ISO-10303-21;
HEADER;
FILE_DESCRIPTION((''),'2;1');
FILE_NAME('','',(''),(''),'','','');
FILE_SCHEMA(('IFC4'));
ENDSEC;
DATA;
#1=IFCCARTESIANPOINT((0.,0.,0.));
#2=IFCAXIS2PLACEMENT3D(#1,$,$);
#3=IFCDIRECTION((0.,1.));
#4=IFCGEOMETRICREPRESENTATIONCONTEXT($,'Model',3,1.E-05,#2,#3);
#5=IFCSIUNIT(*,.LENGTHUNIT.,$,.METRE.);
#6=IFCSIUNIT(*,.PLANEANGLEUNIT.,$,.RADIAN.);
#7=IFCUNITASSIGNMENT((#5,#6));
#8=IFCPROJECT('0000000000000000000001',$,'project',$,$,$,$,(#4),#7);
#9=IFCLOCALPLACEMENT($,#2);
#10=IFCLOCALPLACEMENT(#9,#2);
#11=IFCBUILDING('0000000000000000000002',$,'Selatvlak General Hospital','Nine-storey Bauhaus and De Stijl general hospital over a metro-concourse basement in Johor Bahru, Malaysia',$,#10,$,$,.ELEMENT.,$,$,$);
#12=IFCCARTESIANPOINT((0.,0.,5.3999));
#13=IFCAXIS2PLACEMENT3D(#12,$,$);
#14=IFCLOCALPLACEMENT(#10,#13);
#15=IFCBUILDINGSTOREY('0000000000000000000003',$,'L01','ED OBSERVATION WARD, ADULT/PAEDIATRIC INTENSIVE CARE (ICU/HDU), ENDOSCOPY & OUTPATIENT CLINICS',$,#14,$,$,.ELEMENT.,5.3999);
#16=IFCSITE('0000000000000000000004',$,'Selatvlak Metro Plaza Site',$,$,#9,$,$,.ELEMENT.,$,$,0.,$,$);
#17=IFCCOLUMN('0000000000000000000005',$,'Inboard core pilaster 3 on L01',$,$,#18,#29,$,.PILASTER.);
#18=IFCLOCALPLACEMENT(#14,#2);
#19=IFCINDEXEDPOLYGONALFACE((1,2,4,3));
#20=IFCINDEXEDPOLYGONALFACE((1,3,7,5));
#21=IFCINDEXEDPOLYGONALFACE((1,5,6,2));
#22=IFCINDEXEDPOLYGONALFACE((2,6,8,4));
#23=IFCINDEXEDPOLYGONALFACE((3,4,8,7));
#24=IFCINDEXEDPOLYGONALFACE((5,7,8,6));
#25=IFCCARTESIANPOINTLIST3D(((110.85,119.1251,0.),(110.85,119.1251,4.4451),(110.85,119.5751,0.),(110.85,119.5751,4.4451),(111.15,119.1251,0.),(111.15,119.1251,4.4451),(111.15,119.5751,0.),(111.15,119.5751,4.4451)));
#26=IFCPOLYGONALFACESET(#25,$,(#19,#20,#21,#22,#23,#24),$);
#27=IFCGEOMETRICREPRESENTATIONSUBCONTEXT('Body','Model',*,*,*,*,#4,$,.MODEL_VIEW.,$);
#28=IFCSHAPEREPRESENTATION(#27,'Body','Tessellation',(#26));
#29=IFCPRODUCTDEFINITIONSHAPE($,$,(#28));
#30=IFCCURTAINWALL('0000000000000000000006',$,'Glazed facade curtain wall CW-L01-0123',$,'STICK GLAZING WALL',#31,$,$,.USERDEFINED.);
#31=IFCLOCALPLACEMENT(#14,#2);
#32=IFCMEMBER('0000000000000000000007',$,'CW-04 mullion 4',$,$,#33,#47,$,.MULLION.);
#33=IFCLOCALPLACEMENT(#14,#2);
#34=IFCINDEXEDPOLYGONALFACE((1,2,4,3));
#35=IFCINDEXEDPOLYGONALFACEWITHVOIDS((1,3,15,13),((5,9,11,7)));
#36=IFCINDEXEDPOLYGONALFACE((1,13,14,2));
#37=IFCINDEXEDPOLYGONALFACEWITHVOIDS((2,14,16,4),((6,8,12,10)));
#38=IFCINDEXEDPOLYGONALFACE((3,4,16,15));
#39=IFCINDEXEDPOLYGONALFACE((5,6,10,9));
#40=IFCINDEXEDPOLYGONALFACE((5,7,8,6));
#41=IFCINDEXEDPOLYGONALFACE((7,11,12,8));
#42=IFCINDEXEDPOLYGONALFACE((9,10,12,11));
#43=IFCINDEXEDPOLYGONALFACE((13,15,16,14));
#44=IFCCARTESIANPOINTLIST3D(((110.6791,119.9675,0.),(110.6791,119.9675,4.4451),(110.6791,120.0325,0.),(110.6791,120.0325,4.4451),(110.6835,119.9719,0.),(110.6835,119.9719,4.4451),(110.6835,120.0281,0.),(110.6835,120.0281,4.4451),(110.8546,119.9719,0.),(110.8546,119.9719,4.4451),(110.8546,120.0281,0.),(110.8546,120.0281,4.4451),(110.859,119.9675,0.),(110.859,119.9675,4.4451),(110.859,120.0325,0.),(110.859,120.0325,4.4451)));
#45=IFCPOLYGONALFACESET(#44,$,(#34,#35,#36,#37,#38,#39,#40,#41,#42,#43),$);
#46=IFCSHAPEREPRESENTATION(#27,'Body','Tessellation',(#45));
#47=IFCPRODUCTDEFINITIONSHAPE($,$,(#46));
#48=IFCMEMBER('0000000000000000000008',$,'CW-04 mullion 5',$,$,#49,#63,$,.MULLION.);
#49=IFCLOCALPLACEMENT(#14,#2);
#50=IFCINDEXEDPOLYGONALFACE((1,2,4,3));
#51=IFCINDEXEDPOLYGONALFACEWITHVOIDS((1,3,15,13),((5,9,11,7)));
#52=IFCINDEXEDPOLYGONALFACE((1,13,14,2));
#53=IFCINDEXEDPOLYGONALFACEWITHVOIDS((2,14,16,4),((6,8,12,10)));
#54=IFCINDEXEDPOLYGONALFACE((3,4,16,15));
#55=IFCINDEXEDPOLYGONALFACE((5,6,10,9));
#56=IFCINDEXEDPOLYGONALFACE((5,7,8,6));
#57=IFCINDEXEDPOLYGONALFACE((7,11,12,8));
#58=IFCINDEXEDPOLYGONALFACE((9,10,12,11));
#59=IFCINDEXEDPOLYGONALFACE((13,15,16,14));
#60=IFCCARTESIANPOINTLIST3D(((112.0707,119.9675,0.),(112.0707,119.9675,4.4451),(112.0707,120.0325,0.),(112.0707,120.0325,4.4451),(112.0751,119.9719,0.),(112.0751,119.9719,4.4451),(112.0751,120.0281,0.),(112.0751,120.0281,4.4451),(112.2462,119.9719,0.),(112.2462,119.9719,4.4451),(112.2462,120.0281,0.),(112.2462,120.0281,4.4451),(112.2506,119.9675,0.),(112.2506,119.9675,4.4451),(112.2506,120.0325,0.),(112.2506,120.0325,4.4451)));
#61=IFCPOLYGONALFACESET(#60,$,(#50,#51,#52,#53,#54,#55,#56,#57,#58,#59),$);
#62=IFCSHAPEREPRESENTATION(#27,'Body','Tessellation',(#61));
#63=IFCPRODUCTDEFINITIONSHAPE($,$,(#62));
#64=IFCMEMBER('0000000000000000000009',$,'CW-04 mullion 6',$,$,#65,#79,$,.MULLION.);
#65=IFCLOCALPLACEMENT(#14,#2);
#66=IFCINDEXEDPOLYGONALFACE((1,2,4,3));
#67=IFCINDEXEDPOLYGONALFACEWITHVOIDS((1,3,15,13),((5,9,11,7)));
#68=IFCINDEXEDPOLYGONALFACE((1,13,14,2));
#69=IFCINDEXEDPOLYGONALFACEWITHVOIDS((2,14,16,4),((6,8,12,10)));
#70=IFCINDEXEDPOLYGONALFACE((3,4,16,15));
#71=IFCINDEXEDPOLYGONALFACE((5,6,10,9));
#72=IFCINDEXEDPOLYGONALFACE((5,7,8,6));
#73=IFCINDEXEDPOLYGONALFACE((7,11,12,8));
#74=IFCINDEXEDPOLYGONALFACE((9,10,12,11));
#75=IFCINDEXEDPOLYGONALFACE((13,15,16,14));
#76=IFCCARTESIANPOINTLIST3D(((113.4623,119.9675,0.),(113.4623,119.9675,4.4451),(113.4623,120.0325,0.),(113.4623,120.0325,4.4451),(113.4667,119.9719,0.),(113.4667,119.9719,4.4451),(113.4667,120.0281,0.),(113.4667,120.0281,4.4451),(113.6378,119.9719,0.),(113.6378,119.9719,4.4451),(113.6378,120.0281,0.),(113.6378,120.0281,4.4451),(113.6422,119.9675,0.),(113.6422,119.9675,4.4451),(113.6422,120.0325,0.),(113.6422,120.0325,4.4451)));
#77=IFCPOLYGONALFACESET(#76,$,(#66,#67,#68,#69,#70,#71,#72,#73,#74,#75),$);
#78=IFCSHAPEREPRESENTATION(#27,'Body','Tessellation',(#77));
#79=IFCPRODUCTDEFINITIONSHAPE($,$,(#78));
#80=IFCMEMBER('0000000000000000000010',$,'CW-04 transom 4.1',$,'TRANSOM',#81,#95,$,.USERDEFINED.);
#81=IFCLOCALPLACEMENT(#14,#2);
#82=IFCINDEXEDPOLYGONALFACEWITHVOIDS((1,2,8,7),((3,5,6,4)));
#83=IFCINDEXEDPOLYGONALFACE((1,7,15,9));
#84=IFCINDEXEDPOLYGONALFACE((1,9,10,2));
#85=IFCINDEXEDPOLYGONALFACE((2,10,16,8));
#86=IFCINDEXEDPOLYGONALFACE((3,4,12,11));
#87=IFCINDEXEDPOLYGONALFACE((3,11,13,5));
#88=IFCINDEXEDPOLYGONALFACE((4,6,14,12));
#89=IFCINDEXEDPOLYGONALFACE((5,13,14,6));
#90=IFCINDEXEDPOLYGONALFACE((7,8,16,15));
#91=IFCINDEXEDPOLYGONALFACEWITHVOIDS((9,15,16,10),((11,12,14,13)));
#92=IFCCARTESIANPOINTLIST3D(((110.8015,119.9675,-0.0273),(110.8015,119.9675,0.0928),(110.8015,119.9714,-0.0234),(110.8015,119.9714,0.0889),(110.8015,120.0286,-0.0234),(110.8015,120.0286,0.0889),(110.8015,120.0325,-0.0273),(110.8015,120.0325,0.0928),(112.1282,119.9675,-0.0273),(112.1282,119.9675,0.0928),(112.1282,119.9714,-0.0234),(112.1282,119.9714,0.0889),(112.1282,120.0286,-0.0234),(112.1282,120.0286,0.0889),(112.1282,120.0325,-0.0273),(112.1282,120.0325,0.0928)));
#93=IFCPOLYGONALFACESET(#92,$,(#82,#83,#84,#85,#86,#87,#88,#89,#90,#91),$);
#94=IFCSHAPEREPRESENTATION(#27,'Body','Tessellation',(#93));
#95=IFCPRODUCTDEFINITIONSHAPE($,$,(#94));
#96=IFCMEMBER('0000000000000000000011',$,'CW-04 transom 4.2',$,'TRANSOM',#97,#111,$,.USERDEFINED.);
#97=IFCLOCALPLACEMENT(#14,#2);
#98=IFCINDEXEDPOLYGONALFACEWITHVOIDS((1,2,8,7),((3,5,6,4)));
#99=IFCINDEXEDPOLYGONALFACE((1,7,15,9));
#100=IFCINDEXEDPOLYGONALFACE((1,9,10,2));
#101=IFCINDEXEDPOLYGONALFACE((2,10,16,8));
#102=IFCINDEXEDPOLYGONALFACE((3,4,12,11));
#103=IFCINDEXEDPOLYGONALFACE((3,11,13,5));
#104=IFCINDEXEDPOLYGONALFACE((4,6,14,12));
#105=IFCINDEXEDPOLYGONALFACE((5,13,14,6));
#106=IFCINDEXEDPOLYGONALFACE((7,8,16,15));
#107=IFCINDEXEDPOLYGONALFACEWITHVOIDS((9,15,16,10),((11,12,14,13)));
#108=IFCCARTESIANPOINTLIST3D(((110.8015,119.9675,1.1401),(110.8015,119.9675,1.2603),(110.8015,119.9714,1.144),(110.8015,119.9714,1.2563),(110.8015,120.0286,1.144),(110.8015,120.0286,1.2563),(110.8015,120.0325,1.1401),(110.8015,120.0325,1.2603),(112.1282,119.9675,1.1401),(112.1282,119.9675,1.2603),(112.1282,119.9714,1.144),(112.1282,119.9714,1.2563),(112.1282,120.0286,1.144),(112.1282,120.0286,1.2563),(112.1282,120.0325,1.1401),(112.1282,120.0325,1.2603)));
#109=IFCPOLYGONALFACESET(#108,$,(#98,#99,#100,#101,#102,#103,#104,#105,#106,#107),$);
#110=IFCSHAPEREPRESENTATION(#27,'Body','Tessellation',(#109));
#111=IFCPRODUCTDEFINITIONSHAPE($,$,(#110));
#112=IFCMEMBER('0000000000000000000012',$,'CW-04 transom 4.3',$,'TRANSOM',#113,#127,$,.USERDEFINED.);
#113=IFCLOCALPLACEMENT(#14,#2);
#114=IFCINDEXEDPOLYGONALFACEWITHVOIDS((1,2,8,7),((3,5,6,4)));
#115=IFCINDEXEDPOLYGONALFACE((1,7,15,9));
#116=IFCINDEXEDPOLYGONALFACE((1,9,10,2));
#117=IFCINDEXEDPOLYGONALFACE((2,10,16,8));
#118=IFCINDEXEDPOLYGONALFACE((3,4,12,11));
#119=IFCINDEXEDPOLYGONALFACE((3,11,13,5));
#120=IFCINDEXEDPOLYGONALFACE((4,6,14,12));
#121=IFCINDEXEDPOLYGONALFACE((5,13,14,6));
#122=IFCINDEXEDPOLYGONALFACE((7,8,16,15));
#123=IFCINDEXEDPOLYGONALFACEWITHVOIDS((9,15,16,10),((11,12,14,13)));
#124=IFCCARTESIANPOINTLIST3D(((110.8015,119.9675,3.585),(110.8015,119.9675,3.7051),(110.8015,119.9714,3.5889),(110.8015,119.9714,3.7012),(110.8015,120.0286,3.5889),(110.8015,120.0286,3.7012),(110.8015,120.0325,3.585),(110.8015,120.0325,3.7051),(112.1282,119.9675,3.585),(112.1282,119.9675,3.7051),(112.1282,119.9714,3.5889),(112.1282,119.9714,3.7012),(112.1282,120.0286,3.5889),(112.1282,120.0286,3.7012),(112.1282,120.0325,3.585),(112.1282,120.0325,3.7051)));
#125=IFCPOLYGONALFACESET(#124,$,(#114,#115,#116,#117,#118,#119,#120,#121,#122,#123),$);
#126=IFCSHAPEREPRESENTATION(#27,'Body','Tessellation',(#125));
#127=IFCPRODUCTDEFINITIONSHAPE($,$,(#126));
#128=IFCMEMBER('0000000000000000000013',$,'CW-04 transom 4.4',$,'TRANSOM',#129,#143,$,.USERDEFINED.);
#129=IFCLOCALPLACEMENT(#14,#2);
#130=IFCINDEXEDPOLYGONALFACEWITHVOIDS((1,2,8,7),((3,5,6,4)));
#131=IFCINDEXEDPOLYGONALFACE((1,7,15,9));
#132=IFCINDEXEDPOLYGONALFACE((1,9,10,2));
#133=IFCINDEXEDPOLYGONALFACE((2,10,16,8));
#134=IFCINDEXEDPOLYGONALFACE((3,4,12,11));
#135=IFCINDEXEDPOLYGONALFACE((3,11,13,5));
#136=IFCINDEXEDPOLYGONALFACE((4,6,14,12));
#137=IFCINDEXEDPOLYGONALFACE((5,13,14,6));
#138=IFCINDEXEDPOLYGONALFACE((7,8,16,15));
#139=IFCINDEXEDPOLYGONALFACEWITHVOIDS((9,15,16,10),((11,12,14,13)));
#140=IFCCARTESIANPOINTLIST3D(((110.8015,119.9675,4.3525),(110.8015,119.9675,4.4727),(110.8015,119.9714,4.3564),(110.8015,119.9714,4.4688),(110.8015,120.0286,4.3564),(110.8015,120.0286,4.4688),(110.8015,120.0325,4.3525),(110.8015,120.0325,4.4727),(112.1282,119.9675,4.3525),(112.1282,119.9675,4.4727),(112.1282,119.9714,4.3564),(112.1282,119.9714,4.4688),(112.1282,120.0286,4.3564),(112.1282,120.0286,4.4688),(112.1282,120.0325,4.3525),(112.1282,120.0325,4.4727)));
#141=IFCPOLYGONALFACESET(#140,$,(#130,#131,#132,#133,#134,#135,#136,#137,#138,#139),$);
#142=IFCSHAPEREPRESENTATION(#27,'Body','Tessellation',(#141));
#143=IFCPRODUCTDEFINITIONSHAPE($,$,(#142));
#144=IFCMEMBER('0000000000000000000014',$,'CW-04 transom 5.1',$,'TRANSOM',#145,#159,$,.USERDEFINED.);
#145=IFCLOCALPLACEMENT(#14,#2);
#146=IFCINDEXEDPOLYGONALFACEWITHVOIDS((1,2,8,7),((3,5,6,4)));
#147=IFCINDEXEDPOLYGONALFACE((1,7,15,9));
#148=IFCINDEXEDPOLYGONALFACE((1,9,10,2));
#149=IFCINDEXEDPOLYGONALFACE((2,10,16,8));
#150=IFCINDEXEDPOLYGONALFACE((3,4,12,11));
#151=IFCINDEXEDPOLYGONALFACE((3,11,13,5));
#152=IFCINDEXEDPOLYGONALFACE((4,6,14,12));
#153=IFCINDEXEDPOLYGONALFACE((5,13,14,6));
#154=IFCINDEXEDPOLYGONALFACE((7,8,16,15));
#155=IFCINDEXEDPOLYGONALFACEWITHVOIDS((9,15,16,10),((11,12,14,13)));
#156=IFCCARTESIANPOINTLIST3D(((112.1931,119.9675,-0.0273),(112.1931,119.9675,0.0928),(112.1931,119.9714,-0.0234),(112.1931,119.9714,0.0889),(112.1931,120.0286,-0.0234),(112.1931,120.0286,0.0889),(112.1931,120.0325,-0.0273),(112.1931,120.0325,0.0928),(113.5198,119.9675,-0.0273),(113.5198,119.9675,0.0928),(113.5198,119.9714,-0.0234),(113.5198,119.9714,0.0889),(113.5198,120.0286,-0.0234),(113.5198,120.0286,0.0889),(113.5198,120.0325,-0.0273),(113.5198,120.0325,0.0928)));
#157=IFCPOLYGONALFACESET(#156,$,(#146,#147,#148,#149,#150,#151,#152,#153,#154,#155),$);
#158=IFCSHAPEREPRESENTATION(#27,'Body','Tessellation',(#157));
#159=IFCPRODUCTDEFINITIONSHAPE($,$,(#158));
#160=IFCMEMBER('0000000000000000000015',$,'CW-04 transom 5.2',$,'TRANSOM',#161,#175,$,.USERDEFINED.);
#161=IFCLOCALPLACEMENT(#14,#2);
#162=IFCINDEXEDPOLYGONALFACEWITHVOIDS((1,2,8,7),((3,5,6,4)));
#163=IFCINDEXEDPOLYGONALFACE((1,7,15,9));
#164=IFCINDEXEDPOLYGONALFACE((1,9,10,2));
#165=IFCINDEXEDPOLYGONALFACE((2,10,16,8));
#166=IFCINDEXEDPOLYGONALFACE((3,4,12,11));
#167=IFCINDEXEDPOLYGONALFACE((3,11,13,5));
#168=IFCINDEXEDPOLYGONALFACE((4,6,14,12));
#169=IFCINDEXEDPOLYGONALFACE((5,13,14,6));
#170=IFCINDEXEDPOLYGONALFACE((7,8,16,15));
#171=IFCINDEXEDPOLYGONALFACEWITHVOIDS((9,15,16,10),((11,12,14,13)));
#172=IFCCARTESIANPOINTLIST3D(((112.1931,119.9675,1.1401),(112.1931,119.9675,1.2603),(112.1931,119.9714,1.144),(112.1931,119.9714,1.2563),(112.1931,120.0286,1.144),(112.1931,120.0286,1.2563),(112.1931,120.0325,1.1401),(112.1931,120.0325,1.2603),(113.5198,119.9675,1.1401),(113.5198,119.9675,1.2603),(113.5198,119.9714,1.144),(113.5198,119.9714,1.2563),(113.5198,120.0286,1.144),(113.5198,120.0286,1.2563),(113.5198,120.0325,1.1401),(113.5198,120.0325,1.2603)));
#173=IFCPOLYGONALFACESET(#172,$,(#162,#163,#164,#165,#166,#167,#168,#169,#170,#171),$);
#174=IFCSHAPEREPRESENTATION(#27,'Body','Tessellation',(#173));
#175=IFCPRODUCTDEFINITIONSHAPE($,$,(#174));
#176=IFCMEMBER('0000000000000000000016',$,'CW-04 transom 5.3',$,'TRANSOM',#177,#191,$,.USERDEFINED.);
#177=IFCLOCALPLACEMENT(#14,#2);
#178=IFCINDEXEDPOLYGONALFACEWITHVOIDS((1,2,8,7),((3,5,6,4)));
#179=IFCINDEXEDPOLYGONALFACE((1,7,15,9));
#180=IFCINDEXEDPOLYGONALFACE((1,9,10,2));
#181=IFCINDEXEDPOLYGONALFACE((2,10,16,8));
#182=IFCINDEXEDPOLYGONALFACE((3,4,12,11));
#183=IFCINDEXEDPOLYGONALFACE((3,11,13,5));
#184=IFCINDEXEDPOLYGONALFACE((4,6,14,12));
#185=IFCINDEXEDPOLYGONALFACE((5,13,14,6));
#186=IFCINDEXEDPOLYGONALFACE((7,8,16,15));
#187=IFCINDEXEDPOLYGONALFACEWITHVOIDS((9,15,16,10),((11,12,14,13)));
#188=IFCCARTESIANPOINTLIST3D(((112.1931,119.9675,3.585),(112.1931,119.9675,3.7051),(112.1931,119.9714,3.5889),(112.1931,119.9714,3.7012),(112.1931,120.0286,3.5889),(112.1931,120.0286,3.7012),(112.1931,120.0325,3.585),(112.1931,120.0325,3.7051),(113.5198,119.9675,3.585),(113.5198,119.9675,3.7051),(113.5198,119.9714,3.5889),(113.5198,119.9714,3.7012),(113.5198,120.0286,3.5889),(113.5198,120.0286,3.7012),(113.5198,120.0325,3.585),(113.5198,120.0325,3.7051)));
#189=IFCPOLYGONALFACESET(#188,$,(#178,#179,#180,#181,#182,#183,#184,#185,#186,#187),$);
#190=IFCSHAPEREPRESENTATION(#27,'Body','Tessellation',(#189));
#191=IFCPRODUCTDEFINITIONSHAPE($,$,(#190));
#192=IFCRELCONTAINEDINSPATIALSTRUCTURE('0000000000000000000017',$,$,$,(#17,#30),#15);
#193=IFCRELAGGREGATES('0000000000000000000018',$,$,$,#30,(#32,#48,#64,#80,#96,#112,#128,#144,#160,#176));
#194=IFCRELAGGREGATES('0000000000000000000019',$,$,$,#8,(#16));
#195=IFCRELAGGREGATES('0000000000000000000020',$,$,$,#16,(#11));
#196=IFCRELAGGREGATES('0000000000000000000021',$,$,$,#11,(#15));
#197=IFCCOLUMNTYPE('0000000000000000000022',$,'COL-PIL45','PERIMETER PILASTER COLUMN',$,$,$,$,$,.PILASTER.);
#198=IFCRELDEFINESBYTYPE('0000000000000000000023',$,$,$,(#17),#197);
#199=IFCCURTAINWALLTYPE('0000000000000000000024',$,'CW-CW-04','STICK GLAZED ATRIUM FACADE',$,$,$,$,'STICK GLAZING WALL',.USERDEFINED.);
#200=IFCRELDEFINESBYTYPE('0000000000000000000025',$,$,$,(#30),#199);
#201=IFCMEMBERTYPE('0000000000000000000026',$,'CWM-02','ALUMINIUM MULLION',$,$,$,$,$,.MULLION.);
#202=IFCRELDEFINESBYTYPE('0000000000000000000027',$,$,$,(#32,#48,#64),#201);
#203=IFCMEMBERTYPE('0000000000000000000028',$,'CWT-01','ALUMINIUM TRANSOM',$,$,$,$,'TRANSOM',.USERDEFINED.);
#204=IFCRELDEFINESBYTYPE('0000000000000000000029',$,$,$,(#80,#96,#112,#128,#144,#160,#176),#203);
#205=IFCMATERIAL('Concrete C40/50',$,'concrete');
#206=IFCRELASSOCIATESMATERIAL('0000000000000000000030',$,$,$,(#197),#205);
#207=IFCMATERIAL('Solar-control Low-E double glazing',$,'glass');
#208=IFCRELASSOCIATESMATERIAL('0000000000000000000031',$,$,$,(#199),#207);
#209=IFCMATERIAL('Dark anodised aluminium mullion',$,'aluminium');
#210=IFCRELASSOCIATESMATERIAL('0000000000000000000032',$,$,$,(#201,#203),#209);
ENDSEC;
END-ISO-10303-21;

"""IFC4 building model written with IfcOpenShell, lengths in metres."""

from ifc_helpers import new_model, si_unit, direction, frame, origin, origin_2d, place, context, subcontext, project, spatial, rectangle, hollow_rectangle, extrude, material, material_profile, profile_set, type_object, element, aggregate, save


model = new_model("IFC4")

# Units and contexts
model_context = context("Model", 3, precision=1e-05, world=origin(), true_north=direction((0.0, 1.0)))
body_context = subcontext(model_context, "Body", "Model", "MODEL_VIEW")
ifc_project = project(units=[si_unit("LENGTHUNIT", "METRE"), si_unit("PLANEANGLEUNIT", "RADIAN")], contexts=[model_context])

# Site, building, storey
site_placement = place(None, origin())
site = spatial("IfcSite", under=ifc_project, at=site_placement, Name="Selatvlak Metro Plaza Site", CompositionType="ELEMENT", RefElevation=0.0)
building_placement = place(site_placement, origin())
building = spatial("IfcBuilding", under=site, at=building_placement, Name="Selatvlak General Hospital", Description="Nine-storey Bauhaus and De Stijl general hospital over a metro-concourse basement in Johor Bahru, Malaysia", CompositionType="ELEMENT")
storey_placement = place(building_placement, frame((0.0, 0.0, 5.3999)))
storey = spatial("IfcBuildingStorey", under=building, at=storey_placement, Name="L01", Description="ED OBSERVATION WARD, ADULT/PAEDIATRIC INTENSIVE CARE (ICU/HDU), ENDOSCOPY & OUTPATIENT CLINICS", CompositionType="ELEMENT", Elevation=5.3999)

# Column
ifc_material_1 = material(Name="Concrete C40/50", Category="concrete")
ifc_material_profile_1 = material_profile(ifc_material_1, rectangle(XDim=0.3, YDim=0.45, at=origin_2d()), Name="RC-PIL 450x300")
ifc_profile_set_1 = profile_set([ifc_material_profile_1], Name="Concrete C40/50")
column_type = type_object("IfcColumnType", Name="COL-PIL45", Description="PERIMETER PILASTER COLUMN", PredefinedType="PILASTER", material=ifc_profile_set_1)
column_placement = place(storey_placement, frame((111.0, 119.3501, 0.0), z_axis=(0.0, 0.0, 1.0), x_axis=(1.0, 0.0, 0.0)))
element("IfcColumn", 1, at=column_placement, inside=storey, type_object=column_type, Name="Inboard core pilaster 3 on L01", PredefinedType="PILASTER", context=body_context, shape_type="SweptSolid", body=[
    extrude(rectangle(XDim=0.3, YDim=0.45, at=origin_2d()), origin(), (0.0, 0.0, 1.0), 4.4451),
])

# Curtain wall, members
ifc_material_2 = material(Name="Solar-control Low-E double glazing", Category="glass")
curtain_wall_type = type_object("IfcCurtainWallType", Name="CW-CW-04", Description="STICK GLAZED ATRIUM FACADE", ElementType="STICK GLAZING WALL", PredefinedType="USERDEFINED", material=ifc_material_2)
curtain_wall_placement = place(storey_placement, origin())
curtain_wall = element("IfcCurtainWall", 2, at=curtain_wall_placement, inside=storey, type_object=curtain_wall_type, Name="Glazed facade curtain wall CW-L01-0123", ObjectType="STICK GLAZING WALL", PredefinedType="USERDEFINED")
ifc_material_3 = material(Name="Dark anodised aluminium mullion", Category="aluminium")
ifc_material_profile_2 = material_profile(ifc_material_3, hollow_rectangle(XDim=0.0649, YDim=0.1799, WallThickness=0.0044, at=origin_2d()), Name="AL-MUL 65x180x4.5")
ifc_profile_set_2 = profile_set([ifc_material_profile_2], Name="Dark anodised aluminium mullion")
member_type_1 = type_object("IfcMemberType", Name="CWM-02", Description="ALUMINIUM MULLION", PredefinedType="MULLION", material=ifc_profile_set_2)
member_1_placement = place(storey_placement, frame((110.769, 120.0, 0.0), z_axis=(0.0, 0.0, 1.0), x_axis=(0.0, 1.0, 0.0)))
member_1 = element("IfcMember", 3, at=member_1_placement, type_object=member_type_1, Name="CW-04 mullion 4", PredefinedType="MULLION", context=body_context, shape_type="SweptSolid", body=[
    extrude(hollow_rectangle(XDim=0.0649, YDim=0.1799, WallThickness=0.0044, at=origin_2d()), origin(), (0.0, 0.0, 1.0), 4.4451),
])
member_2_placement = place(storey_placement, frame((112.1606, 120.0, 0.0), z_axis=(0.0, 0.0, 1.0), x_axis=(0.0, 1.0, 0.0)))
member_2 = element("IfcMember", 4, at=member_2_placement, type_object=member_type_1, Name="CW-04 mullion 5", PredefinedType="MULLION", context=body_context, shape_type="SweptSolid", body=[
    extrude(hollow_rectangle(XDim=0.0649, YDim=0.1799, WallThickness=0.0044, at=origin_2d()), origin(), (0.0, 0.0, 1.0), 4.4451),
])
member_3_placement = place(storey_placement, frame((113.5522, 120.0, 0.0), z_axis=(0.0, 0.0, 1.0), x_axis=(0.0, 1.0, 0.0)))
member_3 = element("IfcMember", 5, at=member_3_placement, type_object=member_type_1, Name="CW-04 mullion 6", PredefinedType="MULLION", context=body_context, shape_type="SweptSolid", body=[
    extrude(hollow_rectangle(XDim=0.0649, YDim=0.1799, WallThickness=0.0044, at=origin_2d()), origin(), (0.0, 0.0, 1.0), 4.4451),
])
ifc_material_profile_3 = material_profile(ifc_material_3, hollow_rectangle(XDim=0.0649, YDim=0.1201, WallThickness=0.0039, at=origin_2d()), Name="AL-TRN 65x120x4")
ifc_profile_set_3 = profile_set([ifc_material_profile_3], Name="Dark anodised aluminium mullion")
member_type_2 = type_object("IfcMemberType", Name="CWT-01", Description="ALUMINIUM TRANSOM", ElementType="TRANSOM", PredefinedType="USERDEFINED", material=ifc_profile_set_3)
member_4_placement = place(storey_placement, frame((110.8015, 120.0, 0.0327), z_axis=(1.0, 0.0, 0.0), x_axis=(0.0, 1.0, 0.0)))
member_4 = element("IfcMember", 6, at=member_4_placement, type_object=member_type_2, Name="CW-04 transom 4.1", ObjectType="TRANSOM", PredefinedType="USERDEFINED", context=body_context, shape_type="SweptSolid", body=[
    extrude(hollow_rectangle(XDim=0.0649, YDim=0.1201, WallThickness=0.0039, at=origin_2d()), origin(), (0.0, 0.0, 1.0), 1.3267),
])
member_5_placement = place(storey_placement, frame((110.8015, 120.0, 1.2002), z_axis=(1.0, 0.0, 0.0), x_axis=(0.0, 1.0, 0.0)))
member_5 = element("IfcMember", 7, at=member_5_placement, type_object=member_type_2, Name="CW-04 transom 4.2", ObjectType="TRANSOM", PredefinedType="USERDEFINED", context=body_context, shape_type="SweptSolid", body=[
    extrude(hollow_rectangle(XDim=0.0649, YDim=0.1201, WallThickness=0.0039, at=origin_2d()), origin(), (0.0, 0.0, 1.0), 1.3267),
])
member_6_placement = place(storey_placement, frame((110.8015, 120.0, 3.645), z_axis=(1.0, 0.0, 0.0), x_axis=(0.0, 1.0, 0.0)))
member_6 = element("IfcMember", 8, at=member_6_placement, type_object=member_type_2, Name="CW-04 transom 4.3", ObjectType="TRANSOM", PredefinedType="USERDEFINED", context=body_context, shape_type="SweptSolid", body=[
    extrude(hollow_rectangle(XDim=0.0649, YDim=0.1201, WallThickness=0.0039, at=origin_2d()), origin(), (0.0, 0.0, 1.0), 1.3267),
])
member_7_placement = place(storey_placement, frame((110.8015, 120.0, 4.4126), z_axis=(1.0, 0.0, 0.0), x_axis=(0.0, 1.0, 0.0)))
member_7 = element("IfcMember", 9, at=member_7_placement, type_object=member_type_2, Name="CW-04 transom 4.4", ObjectType="TRANSOM", PredefinedType="USERDEFINED", context=body_context, shape_type="SweptSolid", body=[
    extrude(hollow_rectangle(XDim=0.0649, YDim=0.1201, WallThickness=0.0039, at=origin_2d()), origin(), (0.0, 0.0, 1.0), 1.3267),
])
member_8_placement = place(storey_placement, frame((112.1931, 120.0, 0.0327), z_axis=(1.0, 0.0, 0.0), x_axis=(0.0, 1.0, 0.0)))
member_8 = element("IfcMember", 10, at=member_8_placement, type_object=member_type_2, Name="CW-04 transom 5.1", ObjectType="TRANSOM", PredefinedType="USERDEFINED", context=body_context, shape_type="SweptSolid", body=[
    extrude(hollow_rectangle(XDim=0.0649, YDim=0.1201, WallThickness=0.0039, at=origin_2d()), origin(), (0.0, 0.0, 1.0), 1.3267),
])
member_9_placement = place(storey_placement, frame((112.1931, 120.0, 1.2002), z_axis=(1.0, 0.0, 0.0), x_axis=(0.0, 1.0, 0.0)))
member_9 = element("IfcMember", 11, at=member_9_placement, type_object=member_type_2, Name="CW-04 transom 5.2", ObjectType="TRANSOM", PredefinedType="USERDEFINED", context=body_context, shape_type="SweptSolid", body=[
    extrude(hollow_rectangle(XDim=0.0649, YDim=0.1201, WallThickness=0.0039, at=origin_2d()), origin(), (0.0, 0.0, 1.0), 1.3267),
])
member_10_placement = place(storey_placement, frame((112.1931, 120.0, 3.645), z_axis=(1.0, 0.0, 0.0), x_axis=(0.0, 1.0, 0.0)))
member_10 = element("IfcMember", 12, at=member_10_placement, type_object=member_type_2, Name="CW-04 transom 5.3", ObjectType="TRANSOM", PredefinedType="USERDEFINED", context=body_context, shape_type="SweptSolid", body=[
    extrude(hollow_rectangle(XDim=0.0649, YDim=0.1201, WallThickness=0.0039, at=origin_2d()), origin(), (0.0, 0.0, 1.0), 1.3267),
])
aggregate(curtain_wall, [member_1, member_2, member_3, member_4, member_5, member_6, member_7, member_8, member_9, member_10])

save(model, "model.ifc")
